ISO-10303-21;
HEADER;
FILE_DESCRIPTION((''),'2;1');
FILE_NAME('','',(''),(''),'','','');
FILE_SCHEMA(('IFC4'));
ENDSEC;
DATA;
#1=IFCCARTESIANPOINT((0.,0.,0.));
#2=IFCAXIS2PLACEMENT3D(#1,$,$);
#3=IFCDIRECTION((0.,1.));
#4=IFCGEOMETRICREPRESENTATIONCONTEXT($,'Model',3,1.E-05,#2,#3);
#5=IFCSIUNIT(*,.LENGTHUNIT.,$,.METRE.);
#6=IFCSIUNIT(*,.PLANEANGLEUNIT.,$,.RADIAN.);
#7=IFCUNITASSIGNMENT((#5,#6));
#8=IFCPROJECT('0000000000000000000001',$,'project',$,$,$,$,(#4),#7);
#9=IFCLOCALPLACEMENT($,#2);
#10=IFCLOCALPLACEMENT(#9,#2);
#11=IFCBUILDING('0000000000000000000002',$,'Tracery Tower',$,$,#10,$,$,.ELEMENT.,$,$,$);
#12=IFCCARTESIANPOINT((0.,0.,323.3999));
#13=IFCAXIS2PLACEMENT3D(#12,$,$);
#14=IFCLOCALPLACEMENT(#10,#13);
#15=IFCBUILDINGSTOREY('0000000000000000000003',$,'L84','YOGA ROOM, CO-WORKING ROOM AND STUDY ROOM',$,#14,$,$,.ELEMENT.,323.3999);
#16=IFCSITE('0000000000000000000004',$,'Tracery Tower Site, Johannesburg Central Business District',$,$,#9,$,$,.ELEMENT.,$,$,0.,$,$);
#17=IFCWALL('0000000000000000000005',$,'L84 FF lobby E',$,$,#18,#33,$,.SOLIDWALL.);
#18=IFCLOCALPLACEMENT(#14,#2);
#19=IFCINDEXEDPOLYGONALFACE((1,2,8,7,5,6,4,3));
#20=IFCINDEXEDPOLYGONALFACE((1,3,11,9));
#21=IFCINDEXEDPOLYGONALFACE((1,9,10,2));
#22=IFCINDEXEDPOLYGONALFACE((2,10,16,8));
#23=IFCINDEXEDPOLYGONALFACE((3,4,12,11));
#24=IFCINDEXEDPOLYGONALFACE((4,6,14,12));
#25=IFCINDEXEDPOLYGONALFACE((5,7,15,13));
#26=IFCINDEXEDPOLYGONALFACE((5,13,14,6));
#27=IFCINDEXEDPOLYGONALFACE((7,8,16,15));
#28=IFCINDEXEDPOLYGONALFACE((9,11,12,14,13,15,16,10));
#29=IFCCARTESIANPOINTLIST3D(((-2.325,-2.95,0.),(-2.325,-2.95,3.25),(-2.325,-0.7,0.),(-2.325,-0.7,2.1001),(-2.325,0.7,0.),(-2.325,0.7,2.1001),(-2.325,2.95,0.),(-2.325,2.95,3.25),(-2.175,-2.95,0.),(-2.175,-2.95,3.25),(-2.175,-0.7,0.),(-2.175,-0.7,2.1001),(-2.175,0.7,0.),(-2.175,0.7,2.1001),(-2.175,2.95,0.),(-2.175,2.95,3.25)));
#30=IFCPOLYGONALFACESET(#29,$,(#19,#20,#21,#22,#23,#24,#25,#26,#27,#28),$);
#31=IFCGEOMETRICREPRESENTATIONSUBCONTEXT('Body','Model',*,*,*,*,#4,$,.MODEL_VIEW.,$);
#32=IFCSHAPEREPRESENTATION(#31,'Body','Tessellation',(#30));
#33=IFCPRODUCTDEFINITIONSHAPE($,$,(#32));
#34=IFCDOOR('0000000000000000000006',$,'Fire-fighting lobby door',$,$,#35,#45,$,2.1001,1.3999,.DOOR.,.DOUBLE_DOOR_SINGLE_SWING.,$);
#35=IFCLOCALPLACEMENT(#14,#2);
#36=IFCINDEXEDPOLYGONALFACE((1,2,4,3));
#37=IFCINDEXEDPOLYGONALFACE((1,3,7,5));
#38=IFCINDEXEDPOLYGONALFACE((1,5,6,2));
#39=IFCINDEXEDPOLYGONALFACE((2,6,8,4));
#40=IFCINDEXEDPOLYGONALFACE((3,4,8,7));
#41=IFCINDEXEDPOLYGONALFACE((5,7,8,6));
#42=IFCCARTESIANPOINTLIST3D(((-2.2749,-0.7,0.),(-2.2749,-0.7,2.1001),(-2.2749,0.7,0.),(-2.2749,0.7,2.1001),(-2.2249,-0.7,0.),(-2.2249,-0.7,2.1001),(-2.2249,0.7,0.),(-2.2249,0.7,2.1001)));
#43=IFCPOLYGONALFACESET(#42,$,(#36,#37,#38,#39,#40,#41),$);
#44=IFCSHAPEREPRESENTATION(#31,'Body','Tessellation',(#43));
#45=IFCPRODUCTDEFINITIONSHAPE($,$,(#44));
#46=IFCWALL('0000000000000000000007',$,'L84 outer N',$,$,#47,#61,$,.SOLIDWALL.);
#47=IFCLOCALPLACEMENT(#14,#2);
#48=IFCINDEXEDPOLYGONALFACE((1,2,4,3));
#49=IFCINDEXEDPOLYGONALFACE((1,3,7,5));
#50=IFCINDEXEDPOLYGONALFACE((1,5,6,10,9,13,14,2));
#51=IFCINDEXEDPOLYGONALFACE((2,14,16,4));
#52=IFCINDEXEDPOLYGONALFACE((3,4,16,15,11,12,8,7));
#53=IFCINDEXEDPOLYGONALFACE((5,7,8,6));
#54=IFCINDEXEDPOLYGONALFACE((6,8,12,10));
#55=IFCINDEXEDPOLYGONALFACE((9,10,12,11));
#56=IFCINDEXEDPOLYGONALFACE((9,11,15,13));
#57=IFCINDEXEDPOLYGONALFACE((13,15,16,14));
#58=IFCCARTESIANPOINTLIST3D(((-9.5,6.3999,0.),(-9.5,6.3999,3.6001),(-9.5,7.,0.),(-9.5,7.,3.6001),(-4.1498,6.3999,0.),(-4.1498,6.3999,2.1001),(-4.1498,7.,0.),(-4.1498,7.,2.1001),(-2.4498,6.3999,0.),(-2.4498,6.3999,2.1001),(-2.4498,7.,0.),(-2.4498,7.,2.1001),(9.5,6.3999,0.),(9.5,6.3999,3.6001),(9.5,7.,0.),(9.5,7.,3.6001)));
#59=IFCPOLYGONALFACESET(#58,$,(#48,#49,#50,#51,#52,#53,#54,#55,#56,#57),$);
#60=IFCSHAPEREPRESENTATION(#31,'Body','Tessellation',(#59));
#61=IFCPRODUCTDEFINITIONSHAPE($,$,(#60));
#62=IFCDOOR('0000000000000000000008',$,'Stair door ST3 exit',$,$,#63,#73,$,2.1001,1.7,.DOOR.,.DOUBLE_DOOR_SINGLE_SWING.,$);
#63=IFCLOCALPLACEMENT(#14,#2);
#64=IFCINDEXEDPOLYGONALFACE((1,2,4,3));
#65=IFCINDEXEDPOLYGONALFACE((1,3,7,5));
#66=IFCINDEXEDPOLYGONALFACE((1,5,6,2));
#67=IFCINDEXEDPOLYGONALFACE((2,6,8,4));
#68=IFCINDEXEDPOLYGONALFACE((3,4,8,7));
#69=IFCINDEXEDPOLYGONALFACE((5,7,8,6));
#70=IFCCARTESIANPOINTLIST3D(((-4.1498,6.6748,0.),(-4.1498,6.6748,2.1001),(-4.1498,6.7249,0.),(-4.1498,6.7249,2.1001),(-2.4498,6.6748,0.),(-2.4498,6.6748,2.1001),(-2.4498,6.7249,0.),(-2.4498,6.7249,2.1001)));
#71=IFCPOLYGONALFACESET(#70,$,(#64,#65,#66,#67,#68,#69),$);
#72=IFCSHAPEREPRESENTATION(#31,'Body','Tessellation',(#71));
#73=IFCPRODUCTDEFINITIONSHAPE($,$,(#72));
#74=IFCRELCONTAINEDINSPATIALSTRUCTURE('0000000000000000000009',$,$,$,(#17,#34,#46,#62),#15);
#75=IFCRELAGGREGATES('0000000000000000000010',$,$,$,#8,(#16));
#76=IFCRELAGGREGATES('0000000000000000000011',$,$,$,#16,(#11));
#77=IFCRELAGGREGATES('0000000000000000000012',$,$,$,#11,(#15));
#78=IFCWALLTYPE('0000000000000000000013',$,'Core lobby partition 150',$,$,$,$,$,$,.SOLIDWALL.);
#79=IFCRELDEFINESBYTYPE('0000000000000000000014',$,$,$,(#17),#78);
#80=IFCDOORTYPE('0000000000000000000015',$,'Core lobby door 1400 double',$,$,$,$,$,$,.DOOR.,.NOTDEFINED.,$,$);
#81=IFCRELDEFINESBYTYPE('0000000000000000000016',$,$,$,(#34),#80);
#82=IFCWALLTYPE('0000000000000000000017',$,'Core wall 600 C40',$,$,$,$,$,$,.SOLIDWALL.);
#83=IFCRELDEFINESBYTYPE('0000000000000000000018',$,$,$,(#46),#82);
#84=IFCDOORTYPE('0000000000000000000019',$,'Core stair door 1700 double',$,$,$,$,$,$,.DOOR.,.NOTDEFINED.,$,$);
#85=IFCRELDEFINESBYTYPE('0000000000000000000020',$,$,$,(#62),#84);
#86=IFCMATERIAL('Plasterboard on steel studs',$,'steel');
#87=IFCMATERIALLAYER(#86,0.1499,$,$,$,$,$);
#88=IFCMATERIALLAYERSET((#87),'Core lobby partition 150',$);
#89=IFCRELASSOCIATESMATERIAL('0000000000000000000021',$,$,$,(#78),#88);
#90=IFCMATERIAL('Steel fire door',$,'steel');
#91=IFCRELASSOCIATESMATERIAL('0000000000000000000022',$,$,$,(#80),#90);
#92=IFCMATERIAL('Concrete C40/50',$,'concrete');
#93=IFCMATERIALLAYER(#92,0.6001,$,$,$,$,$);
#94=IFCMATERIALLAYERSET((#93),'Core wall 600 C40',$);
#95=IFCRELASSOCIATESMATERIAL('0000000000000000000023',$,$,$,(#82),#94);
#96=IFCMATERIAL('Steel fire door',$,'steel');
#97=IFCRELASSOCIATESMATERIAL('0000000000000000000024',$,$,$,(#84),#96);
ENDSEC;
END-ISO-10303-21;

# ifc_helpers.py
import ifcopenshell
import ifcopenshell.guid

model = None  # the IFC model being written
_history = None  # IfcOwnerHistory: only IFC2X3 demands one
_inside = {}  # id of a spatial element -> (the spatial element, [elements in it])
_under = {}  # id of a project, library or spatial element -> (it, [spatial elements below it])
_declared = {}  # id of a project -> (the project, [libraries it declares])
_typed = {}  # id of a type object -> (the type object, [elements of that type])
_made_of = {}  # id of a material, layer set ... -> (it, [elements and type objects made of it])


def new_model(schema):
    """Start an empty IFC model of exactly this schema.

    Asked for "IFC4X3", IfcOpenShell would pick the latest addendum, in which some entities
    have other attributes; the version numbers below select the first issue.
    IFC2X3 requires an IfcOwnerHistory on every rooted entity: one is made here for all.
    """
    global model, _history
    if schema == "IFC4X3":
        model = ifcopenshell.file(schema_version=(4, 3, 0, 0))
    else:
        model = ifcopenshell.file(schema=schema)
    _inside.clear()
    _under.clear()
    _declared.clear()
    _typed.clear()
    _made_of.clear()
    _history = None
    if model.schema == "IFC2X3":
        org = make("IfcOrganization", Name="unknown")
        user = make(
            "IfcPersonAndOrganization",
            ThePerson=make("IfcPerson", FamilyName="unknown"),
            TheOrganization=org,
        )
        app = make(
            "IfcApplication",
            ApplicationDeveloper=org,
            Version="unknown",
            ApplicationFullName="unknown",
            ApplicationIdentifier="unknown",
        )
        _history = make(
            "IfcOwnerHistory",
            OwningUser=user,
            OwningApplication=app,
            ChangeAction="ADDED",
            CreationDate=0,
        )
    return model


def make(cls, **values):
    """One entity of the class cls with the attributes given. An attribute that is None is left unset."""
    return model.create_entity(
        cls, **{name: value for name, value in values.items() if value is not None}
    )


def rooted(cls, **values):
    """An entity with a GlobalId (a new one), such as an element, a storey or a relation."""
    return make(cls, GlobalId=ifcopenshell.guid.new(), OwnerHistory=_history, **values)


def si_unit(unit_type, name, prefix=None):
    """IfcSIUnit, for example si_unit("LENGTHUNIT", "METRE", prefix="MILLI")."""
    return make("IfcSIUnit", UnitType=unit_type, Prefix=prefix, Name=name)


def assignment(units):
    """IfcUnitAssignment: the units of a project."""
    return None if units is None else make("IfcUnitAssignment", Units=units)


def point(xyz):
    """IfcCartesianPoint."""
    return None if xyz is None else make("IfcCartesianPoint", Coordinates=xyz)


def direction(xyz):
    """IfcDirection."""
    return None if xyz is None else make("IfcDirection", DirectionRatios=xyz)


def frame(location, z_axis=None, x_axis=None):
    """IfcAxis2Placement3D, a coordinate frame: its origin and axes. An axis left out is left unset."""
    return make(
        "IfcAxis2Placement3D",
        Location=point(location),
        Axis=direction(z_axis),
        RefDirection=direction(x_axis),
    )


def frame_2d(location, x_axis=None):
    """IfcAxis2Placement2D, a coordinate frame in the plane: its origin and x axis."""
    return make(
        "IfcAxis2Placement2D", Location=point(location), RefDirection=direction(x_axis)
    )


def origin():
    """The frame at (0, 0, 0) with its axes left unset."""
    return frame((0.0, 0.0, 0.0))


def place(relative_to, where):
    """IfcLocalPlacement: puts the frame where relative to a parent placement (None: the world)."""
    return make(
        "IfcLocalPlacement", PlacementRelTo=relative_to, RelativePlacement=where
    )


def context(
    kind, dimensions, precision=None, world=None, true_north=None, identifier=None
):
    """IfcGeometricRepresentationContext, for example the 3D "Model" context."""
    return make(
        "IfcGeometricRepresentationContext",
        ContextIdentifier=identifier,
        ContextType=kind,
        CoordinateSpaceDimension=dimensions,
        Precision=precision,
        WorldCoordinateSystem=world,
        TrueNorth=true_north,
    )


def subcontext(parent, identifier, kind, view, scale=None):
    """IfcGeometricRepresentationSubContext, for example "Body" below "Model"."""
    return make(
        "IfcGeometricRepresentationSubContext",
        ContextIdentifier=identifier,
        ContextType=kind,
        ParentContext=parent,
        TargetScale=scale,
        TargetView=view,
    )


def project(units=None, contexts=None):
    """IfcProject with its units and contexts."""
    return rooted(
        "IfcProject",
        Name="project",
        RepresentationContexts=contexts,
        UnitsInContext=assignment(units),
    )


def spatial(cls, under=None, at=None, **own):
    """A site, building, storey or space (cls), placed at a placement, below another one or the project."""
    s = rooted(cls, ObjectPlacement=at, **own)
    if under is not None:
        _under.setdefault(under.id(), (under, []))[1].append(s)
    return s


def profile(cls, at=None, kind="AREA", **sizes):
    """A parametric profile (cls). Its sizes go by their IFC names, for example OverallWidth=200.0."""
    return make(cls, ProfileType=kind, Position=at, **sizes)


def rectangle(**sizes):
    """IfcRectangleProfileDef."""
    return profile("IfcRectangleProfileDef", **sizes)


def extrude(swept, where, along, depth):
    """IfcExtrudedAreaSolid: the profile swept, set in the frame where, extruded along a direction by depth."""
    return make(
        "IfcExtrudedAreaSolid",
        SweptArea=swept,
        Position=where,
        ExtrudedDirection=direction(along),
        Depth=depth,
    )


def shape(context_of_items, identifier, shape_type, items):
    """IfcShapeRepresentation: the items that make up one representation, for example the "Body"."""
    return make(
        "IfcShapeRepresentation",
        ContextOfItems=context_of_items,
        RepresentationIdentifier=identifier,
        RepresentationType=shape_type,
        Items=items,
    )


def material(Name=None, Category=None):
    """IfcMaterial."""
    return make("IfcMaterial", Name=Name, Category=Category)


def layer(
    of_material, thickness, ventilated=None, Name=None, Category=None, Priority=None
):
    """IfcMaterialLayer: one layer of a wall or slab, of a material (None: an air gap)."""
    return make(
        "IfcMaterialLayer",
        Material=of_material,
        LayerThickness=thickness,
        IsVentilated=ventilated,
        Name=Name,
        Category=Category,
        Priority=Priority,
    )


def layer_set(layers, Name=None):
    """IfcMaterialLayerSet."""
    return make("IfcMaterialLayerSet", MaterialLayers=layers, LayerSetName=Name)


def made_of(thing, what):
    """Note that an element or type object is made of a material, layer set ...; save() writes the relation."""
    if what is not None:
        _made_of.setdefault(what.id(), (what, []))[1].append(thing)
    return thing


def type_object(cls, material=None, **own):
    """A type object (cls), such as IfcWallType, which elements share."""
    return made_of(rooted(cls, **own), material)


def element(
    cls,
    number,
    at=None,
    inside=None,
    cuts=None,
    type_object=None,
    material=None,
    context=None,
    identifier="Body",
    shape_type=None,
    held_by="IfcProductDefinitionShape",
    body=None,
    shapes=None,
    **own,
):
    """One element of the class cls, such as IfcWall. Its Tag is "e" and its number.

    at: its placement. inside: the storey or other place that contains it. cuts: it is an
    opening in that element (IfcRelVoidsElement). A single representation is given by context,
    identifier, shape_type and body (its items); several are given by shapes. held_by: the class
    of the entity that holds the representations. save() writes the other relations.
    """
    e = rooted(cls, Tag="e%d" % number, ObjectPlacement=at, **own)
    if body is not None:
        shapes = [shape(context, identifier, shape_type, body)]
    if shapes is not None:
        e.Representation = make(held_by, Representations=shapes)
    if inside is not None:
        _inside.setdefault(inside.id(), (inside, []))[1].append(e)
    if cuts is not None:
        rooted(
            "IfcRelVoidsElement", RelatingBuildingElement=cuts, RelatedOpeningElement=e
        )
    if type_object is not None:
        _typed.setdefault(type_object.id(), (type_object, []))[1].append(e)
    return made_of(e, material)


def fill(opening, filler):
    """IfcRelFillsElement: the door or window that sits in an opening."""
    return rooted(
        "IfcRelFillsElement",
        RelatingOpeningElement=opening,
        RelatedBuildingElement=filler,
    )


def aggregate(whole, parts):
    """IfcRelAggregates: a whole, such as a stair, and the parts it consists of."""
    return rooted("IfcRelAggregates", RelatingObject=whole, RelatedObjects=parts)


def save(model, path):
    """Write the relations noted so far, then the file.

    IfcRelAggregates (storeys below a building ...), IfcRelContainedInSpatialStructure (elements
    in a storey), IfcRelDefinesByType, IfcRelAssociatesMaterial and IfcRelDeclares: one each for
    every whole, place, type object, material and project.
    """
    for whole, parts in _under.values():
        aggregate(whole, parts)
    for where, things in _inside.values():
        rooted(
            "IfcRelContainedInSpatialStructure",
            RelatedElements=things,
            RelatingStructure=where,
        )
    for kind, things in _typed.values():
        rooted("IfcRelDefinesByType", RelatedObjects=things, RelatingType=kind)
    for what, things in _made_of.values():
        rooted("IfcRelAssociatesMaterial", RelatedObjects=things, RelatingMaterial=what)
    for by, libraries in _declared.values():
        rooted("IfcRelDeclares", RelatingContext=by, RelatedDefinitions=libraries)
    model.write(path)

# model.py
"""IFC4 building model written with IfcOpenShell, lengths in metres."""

from ifc_helpers import new_model, si_unit, direction, frame, frame_2d, origin, place, context, subcontext, project, spatial, rectangle, extrude, material, layer, layer_set, type_object, element, fill, save


model = new_model("IFC4")

# Units and contexts
model_context = context("Model", 3, precision=1e-05, world=origin(), true_north=direction((0.0, 1.0)))
body_context = subcontext(model_context, "Body", "Model", "MODEL_VIEW")
ifc_project = project(units=[si_unit("LENGTHUNIT", "METRE"), si_unit("PLANEANGLEUNIT", "RADIAN")], contexts=[model_context])

# Site, building, storey
site_placement = place(None, origin())
site = spatial("IfcSite", under=ifc_project, at=site_placement, Name="Tracery Tower Site, Johannesburg Central Business District", CompositionType="ELEMENT", RefElevation=0.0)
building_placement = place(site_placement, origin())
building = spatial("IfcBuilding", under=site, at=building_placement, Name="Tracery Tower", CompositionType="ELEMENT")
storey_placement = place(building_placement, frame((0.0, 0.0, 323.3999)))
storey = spatial("IfcBuildingStorey", under=building, at=storey_placement, Name="L84", Description="YOGA ROOM, CO-WORKING ROOM AND STUDY ROOM", CompositionType="ELEMENT", Elevation=323.3999)

# Walls, openings, doors
ifc_material_1 = material(Name="Plasterboard on steel studs", Category="steel")
ifc_layer_1 = layer(ifc_material_1, 0.1499)
ifc_layer_set_1 = layer_set([ifc_layer_1], Name="Core lobby partition 150")
wall_type_1 = type_object("IfcWallType", Name="Core lobby partition 150", PredefinedType="SOLIDWALL", material=ifc_layer_set_1)
wall_1_placement = place(storey_placement, frame((-2.25, -2.95, 0.0), z_axis=(0.0, 0.0, 1.0), x_axis=(0.0, 1.0, 0.0)))
wall_1 = element("IfcWall", 1, at=wall_1_placement, inside=storey, type_object=wall_type_1, Name="L84 FF lobby E", PredefinedType="SOLIDWALL", context=body_context, shape_type="SweptSolid", body=[
    extrude(rectangle(XDim=5.8999, YDim=0.1499, at=frame_2d((2.95, 0.0))), origin(), (0.0, 0.0, 1.0), 3.25),
])
opening_1_placement = place(wall_1_placement, frame((2.25, 0.0, 0.0)))
opening_1 = element("IfcOpeningElement", 2, at=opening_1_placement, cuts=wall_1, PredefinedType="OPENING", context=body_context, shape_type="SweptSolid", body=[
    extrude(rectangle(XDim=1.3999, YDim=2.1001, at=frame_2d((0.7, 1.05))), frame((0.0, 0.075, 0.0), z_axis=(0.0, -1.0, 0.0), x_axis=(1.0, 0.0, 0.0)), (0.0, 0.0, 1.0), 0.1499),
])
ifc_material_2 = material(Name="Steel fire door", Category="steel")
door_type_1 = type_object("IfcDoorType", Name="Core lobby door 1400 double", OperationType="NOTDEFINED", PredefinedType="DOOR", material=ifc_material_2)
door_1_placement = place(opening_1_placement, origin())
door_1 = element("IfcDoor", 3, at=door_1_placement, inside=storey, type_object=door_type_1, Name="Fire-fighting lobby door", OperationType="DOUBLE_DOOR_SINGLE_SWING", OverallHeight=2.1001, OverallWidth=1.3999, PredefinedType="DOOR", context=body_context, shape_type="SweptSolid", body=[
    extrude(rectangle(XDim=1.3999, YDim=2.1001, at=frame_2d((0.7, 1.05))), frame((0.0, 0.0249, 0.0), z_axis=(0.0, -1.0, 0.0), x_axis=(1.0, 0.0, 0.0)), (0.0, 0.0, 1.0), 0.05),
])
fill(opening_1, door_1)
ifc_material_3 = material(Name="Concrete C40/50", Category="concrete")
ifc_layer_2 = layer(ifc_material_3, 0.6001)
ifc_layer_set_2 = layer_set([ifc_layer_2], Name="Core wall 600 C40")
wall_type_2 = type_object("IfcWallType", Name="Core wall 600 C40", PredefinedType="SOLIDWALL", material=ifc_layer_set_2)
wall_2_placement = place(storey_placement, frame((-9.5, 6.7, 0.0), z_axis=(0.0, 0.0, 1.0), x_axis=(1.0, 0.0, 0.0)))
wall_2 = element("IfcWall", 4, at=wall_2_placement, inside=storey, type_object=wall_type_2, Name="L84 outer N", PredefinedType="SOLIDWALL", context=body_context, shape_type="SweptSolid", body=[
    extrude(rectangle(XDim=19.0, YDim=0.6001, at=frame_2d((9.5, 0.0))), origin(), (0.0, 0.0, 1.0), 3.6001),
])
opening_2_placement = place(wall_2_placement, frame((5.3501, 0.0, 0.0)))
opening_2 = element("IfcOpeningElement", 5, at=opening_2_placement, cuts=wall_2, PredefinedType="OPENING", context=body_context, shape_type="SweptSolid", body=[
    extrude(rectangle(XDim=1.7, YDim=2.1001, at=frame_2d((0.8501, 1.05))), frame((0.0, 0.3, 0.0), z_axis=(0.0, -1.0, 0.0), x_axis=(1.0, 0.0, 0.0)), (0.0, 0.0, 1.0), 0.6001),
])
ifc_material_4 = material(Name="Steel fire door", Category="steel")
door_type_2 = type_object("IfcDoorType", Name="Core stair door 1700 double", OperationType="NOTDEFINED", PredefinedType="DOOR", material=ifc_material_4)
door_2_placement = place(opening_2_placement, origin())
door_2 = element("IfcDoor", 6, at=door_2_placement, inside=storey, type_object=door_type_2, Name="Stair door ST3 exit", OperationType="DOUBLE_DOOR_SINGLE_SWING", OverallHeight=2.1001, OverallWidth=1.7, PredefinedType="DOOR", context=body_context, shape_type="SweptSolid", body=[
    extrude(rectangle(XDim=1.7, YDim=2.1001, at=frame_2d((0.8501, 1.05))), frame((0.0, 0.0249, 0.0), z_axis=(0.0, -1.0, 0.0), x_axis=(1.0, 0.0, 0.0)), (0.0, 0.0, 1.0), 0.05),
])
fill(opening_2, door_2)

save(model, "model.ifc")
